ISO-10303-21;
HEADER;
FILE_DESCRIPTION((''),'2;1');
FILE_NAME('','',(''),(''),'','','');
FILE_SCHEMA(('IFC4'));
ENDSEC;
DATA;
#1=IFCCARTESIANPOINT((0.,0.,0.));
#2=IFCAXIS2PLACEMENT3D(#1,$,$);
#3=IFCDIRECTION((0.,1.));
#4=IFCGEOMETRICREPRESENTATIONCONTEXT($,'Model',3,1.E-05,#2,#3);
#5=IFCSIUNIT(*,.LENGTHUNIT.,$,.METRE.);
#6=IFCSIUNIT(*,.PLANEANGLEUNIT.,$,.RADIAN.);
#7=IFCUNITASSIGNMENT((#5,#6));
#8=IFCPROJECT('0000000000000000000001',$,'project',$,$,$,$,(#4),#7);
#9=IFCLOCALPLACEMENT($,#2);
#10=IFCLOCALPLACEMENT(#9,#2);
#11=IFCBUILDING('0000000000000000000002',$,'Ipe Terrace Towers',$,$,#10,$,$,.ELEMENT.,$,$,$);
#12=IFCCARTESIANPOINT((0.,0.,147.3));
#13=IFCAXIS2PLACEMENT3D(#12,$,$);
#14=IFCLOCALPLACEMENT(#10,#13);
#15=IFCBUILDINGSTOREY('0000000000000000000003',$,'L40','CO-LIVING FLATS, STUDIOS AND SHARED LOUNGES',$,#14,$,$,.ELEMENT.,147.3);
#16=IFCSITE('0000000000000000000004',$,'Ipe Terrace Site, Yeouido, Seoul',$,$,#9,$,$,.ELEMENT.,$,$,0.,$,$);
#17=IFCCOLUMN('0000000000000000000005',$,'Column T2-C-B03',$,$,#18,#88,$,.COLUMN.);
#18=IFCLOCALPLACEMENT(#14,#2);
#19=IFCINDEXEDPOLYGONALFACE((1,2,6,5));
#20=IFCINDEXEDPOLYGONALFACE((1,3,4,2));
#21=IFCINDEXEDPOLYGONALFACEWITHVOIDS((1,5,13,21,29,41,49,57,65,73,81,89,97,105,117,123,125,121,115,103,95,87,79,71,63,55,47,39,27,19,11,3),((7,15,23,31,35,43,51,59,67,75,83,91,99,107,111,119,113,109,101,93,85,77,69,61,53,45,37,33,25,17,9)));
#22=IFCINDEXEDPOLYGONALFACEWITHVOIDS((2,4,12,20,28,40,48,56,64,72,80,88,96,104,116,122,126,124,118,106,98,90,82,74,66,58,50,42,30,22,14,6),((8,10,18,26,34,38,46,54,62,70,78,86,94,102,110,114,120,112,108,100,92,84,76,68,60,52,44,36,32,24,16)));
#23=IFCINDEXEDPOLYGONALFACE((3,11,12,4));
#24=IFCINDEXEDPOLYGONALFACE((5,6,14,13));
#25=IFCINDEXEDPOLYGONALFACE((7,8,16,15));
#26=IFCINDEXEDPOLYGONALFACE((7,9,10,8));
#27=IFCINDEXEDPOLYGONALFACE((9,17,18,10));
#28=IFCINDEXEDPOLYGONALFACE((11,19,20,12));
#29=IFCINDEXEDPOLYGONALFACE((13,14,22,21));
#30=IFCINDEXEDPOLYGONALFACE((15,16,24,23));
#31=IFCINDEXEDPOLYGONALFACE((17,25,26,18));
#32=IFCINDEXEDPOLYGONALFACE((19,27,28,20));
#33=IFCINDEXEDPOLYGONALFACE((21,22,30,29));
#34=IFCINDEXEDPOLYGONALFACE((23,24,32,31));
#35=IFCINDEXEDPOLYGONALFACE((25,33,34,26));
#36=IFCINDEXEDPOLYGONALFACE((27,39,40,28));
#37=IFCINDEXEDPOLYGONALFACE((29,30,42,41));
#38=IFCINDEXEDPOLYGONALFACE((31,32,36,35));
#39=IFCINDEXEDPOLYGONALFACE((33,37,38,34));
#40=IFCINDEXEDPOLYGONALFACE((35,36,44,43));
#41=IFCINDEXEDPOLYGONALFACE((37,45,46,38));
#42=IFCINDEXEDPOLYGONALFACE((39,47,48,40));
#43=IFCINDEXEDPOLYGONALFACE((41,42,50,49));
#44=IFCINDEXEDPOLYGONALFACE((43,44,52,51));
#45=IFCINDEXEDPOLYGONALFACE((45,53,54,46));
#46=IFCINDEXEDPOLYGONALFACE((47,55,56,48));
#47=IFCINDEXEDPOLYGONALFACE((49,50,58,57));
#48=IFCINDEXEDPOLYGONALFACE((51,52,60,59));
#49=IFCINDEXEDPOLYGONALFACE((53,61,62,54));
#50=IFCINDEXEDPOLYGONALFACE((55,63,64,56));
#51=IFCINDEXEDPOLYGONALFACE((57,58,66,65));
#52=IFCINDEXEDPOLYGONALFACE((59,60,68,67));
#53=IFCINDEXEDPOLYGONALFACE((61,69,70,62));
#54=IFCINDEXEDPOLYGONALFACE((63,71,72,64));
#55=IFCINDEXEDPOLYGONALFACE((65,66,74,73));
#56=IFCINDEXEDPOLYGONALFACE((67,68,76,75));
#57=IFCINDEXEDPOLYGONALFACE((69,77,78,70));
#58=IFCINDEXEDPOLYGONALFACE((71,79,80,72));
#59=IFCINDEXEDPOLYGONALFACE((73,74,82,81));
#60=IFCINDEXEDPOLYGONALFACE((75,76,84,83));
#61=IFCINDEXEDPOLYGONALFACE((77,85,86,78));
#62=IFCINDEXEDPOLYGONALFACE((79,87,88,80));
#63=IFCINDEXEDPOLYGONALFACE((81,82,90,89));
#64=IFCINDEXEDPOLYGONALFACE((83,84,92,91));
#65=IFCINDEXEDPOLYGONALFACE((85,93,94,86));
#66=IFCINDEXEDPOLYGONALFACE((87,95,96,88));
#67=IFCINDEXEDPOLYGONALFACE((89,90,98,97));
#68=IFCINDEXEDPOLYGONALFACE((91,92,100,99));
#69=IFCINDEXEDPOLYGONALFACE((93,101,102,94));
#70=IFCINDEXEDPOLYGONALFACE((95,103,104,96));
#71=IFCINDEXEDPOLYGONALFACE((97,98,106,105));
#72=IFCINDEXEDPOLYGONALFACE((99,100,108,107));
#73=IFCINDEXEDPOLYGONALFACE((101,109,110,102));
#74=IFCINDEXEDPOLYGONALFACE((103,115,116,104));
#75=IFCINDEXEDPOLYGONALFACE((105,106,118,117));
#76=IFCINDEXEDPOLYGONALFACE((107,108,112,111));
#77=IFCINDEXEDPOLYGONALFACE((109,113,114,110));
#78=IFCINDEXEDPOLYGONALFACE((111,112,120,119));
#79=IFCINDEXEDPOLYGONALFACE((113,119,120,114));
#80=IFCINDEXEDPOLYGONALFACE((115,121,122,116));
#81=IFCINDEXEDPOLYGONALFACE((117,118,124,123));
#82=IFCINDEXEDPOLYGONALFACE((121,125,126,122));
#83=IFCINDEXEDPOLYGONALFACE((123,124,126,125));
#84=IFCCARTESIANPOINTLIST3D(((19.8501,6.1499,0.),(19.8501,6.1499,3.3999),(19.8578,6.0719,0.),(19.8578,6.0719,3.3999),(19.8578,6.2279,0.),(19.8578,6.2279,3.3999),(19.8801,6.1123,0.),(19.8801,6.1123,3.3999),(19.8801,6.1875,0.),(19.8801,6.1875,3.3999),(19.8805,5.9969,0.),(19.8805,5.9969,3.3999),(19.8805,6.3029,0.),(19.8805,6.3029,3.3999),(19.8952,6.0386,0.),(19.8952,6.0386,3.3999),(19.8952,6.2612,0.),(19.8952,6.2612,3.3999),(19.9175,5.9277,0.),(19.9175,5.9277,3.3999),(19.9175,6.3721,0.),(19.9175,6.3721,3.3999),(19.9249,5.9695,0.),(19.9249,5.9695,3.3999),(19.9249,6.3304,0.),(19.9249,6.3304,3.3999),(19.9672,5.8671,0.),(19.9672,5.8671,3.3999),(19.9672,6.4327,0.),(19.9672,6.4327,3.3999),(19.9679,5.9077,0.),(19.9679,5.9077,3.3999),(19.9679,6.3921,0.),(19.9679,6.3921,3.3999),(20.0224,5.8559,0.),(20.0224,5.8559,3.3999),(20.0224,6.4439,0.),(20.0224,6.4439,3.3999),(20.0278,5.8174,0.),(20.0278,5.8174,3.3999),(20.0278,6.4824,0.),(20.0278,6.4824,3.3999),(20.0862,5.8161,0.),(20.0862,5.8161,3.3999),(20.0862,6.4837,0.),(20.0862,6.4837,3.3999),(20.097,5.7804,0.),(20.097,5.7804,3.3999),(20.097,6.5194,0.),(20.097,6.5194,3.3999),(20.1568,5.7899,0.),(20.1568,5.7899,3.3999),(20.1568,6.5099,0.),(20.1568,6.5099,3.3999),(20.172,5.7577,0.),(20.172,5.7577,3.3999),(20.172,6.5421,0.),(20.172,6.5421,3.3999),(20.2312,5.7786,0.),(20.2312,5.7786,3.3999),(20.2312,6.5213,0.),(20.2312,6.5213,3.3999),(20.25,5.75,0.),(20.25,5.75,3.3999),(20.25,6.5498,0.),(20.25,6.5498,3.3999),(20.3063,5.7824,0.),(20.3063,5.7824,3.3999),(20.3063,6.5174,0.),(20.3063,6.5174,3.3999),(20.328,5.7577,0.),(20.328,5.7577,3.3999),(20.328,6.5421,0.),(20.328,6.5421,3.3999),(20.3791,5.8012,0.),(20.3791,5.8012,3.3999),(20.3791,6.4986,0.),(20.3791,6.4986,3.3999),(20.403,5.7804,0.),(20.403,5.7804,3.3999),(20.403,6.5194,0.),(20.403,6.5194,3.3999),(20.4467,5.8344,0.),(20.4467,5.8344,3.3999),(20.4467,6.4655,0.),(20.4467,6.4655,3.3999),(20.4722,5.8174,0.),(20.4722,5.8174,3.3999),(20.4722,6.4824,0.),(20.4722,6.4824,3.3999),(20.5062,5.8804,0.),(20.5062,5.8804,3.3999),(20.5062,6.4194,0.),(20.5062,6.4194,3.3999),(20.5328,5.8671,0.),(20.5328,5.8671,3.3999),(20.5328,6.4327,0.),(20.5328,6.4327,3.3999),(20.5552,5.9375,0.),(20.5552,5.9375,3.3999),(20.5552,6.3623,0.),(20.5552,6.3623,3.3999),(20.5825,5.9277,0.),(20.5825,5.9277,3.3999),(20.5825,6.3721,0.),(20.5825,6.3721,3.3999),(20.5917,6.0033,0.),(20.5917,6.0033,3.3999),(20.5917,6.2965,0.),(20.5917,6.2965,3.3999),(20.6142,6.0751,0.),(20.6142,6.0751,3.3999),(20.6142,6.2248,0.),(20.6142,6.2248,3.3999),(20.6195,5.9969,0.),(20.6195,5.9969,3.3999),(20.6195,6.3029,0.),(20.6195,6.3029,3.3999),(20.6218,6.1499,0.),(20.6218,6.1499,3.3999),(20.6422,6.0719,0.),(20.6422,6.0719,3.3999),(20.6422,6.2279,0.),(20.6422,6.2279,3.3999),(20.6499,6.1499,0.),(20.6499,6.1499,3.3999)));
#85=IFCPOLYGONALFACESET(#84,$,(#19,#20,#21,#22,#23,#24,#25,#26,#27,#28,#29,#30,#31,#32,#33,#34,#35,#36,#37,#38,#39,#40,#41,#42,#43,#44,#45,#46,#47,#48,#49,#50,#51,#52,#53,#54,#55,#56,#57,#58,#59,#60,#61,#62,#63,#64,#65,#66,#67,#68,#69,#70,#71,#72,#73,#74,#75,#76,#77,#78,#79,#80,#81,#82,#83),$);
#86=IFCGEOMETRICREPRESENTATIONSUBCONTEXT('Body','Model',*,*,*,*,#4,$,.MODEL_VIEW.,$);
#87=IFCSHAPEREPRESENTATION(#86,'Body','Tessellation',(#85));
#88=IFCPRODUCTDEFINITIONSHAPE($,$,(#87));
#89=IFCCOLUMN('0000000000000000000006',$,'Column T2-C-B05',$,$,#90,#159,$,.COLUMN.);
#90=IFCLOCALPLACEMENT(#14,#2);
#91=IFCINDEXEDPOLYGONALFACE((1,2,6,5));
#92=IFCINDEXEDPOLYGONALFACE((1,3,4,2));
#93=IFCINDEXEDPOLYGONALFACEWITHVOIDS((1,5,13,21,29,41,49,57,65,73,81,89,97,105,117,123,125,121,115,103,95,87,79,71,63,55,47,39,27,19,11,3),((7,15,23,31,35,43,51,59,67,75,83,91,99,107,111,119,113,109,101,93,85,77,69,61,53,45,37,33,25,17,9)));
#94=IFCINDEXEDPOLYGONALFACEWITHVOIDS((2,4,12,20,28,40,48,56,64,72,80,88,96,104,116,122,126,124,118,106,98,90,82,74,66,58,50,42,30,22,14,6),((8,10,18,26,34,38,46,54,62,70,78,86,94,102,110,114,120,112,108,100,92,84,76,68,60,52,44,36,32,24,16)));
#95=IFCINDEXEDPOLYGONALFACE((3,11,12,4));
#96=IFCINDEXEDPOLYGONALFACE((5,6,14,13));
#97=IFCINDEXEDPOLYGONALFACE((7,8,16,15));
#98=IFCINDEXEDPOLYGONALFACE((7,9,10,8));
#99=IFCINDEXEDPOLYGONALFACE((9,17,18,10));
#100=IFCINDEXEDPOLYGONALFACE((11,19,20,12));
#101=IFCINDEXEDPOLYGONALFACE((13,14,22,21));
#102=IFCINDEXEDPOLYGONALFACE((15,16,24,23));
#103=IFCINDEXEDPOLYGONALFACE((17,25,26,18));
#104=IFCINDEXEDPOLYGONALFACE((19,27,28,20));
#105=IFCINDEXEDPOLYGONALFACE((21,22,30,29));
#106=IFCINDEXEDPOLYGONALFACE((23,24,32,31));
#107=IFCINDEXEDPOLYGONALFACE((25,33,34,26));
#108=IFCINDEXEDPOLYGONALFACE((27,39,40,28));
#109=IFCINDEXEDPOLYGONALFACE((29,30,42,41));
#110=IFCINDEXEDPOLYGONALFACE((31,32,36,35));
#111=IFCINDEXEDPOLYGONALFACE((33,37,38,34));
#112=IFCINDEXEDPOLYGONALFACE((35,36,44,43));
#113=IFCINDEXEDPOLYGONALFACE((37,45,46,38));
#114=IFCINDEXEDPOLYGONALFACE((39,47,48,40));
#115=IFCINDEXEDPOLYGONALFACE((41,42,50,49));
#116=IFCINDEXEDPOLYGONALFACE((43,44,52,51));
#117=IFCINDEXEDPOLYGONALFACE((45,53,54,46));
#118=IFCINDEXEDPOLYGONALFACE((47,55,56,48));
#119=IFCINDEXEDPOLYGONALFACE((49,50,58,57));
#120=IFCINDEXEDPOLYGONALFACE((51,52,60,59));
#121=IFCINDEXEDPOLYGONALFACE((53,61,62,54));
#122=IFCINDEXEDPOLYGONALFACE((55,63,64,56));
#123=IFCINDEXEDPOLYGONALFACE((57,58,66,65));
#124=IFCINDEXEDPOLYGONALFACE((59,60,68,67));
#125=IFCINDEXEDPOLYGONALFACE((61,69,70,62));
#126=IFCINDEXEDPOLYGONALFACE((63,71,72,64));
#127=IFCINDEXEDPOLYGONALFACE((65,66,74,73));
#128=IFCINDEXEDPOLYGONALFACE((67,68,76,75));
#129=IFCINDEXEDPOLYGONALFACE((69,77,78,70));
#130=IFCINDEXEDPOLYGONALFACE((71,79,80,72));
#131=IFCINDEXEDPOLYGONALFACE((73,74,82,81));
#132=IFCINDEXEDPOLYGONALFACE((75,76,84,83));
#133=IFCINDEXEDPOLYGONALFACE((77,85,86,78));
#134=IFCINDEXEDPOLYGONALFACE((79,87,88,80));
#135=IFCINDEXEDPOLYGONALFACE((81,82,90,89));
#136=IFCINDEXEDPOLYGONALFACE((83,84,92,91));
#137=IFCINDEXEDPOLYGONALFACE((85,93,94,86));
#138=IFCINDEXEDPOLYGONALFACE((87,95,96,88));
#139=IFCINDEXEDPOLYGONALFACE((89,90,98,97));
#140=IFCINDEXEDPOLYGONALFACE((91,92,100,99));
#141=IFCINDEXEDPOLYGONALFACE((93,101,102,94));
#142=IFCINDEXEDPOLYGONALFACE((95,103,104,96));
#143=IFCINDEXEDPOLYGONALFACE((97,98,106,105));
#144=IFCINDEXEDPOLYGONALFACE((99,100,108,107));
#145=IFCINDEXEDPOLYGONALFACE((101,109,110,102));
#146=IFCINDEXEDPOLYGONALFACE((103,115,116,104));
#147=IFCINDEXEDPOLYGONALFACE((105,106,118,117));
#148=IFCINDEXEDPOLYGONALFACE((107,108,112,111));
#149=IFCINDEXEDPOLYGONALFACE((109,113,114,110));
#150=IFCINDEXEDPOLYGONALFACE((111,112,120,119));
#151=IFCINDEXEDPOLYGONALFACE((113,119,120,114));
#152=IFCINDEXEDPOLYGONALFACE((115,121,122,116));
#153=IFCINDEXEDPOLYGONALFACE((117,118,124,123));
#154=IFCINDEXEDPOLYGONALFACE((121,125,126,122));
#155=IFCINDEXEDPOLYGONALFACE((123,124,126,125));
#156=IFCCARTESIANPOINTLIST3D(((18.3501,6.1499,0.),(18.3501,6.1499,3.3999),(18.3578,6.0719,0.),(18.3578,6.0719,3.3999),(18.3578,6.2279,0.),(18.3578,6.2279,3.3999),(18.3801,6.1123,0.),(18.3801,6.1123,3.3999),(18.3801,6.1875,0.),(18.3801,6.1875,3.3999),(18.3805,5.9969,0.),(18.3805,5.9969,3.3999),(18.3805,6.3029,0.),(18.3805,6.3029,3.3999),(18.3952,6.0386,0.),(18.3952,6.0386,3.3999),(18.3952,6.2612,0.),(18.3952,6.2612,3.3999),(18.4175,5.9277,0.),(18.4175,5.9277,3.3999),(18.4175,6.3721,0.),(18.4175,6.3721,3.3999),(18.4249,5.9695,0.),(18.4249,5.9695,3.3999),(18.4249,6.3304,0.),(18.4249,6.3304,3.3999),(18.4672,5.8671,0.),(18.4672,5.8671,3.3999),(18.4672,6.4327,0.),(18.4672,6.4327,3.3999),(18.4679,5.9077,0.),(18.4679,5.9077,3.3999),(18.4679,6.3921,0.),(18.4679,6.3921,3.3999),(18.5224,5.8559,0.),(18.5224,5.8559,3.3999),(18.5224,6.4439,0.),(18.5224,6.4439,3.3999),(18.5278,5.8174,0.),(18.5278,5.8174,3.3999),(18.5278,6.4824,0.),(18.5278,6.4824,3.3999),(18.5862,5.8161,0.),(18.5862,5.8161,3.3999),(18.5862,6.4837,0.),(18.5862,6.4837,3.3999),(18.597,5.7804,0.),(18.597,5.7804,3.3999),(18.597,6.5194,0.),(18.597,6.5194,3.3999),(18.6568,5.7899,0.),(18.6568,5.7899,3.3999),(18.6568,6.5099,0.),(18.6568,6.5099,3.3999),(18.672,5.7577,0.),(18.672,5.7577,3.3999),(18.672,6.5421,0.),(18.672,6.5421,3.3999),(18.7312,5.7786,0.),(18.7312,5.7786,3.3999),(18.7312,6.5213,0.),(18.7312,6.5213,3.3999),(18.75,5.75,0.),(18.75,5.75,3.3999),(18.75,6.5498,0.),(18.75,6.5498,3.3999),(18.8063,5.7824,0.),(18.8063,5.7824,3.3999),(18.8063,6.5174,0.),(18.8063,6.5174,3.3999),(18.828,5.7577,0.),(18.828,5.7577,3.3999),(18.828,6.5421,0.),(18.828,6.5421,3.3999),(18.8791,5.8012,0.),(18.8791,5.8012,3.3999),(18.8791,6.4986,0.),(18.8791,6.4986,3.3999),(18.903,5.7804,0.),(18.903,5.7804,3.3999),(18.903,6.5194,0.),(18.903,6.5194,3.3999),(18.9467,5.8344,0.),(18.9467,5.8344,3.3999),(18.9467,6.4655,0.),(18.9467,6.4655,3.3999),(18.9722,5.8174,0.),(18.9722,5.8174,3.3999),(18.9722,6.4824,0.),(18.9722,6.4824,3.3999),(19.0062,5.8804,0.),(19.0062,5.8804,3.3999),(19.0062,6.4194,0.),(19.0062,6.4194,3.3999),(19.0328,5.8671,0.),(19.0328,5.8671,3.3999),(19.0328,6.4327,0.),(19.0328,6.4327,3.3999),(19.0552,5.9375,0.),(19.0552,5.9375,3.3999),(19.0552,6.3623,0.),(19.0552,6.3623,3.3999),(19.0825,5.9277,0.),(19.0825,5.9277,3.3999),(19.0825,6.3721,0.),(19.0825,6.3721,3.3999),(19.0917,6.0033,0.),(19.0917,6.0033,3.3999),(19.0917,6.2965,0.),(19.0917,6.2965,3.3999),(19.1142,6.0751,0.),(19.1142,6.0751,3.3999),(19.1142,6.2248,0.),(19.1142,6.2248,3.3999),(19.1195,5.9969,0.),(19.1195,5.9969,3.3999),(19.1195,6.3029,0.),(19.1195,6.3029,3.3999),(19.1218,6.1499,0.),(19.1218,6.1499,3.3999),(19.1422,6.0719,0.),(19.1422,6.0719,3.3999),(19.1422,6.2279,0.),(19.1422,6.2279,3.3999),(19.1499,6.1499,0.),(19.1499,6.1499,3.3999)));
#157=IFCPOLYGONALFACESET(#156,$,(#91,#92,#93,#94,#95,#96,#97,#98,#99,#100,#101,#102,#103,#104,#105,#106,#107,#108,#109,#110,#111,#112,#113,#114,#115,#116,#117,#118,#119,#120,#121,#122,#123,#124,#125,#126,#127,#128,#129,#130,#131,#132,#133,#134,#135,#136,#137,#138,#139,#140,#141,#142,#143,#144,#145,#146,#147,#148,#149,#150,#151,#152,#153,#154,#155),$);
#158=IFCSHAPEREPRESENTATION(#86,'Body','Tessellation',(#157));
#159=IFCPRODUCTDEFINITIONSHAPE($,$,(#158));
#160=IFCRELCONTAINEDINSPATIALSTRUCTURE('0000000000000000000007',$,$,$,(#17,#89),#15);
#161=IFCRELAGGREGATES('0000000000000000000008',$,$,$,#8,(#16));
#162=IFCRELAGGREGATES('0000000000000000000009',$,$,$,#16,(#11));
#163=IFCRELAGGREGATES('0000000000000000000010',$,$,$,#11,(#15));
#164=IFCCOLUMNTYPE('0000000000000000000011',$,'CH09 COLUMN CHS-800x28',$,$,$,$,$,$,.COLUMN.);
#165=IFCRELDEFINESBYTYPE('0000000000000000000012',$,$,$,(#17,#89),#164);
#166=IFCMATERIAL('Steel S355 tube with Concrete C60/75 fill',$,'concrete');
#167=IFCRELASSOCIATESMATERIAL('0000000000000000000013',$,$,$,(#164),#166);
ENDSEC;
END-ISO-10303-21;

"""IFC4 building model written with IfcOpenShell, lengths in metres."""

from ifc_helpers import new_model, si_unit, direction, frame, origin, origin_2d, place, context, subcontext, project, spatial, hollow_circle, extrude, material, material_profile, profile_set, type_object, element, save


model = new_model("IFC4")

# Units and contexts
model_context = context("Model", 3, precision=1e-05, world=origin(), true_north=direction((0.0, 1.0)))
body_context = subcontext(model_context, "Body", "Model", "MODEL_VIEW")
ifc_project = project(units=[si_unit("LENGTHUNIT", "METRE"), si_unit("PLANEANGLEUNIT", "RADIAN")], contexts=[model_context])

# Site, building, storey
site_placement = place(None, origin())
site = spatial("IfcSite", under=ifc_project, at=site_placement, Name="Ipe Terrace Site, Yeouido, Seoul", CompositionType="ELEMENT", RefElevation=0.0)
building_placement = place(site_placement, origin())
building = spatial("IfcBuilding", under=site, at=building_placement, Name="Ipe Terrace Towers", CompositionType="ELEMENT")
storey_placement = place(building_placement, frame((0.0, 0.0, 147.3)))
storey = spatial("IfcBuildingStorey", under=building, at=storey_placement, Name="L40", Description="CO-LIVING FLATS, STUDIOS AND SHARED LOUNGES", CompositionType="ELEMENT", Elevation=147.3)

# Columns
ifc_material_1 = material(Name="Steel S355 tube with Concrete C60/75 fill", Category="concrete")
ifc_material_profile_1 = material_profile(ifc_material_1, hollow_circle(Radius=0.3999, WallThickness=0.0281, at=origin_2d()), Name="CHS-800x28")
ifc_profile_set_1 = profile_set([ifc_material_profile_1], Name="Steel S355 tube with Concrete C60/75 fill")
column_type_1 = type_object("IfcColumnType", Name="CH09 COLUMN CHS-800x28", PredefinedType="COLUMN", material=ifc_profile_set_1)
for number, where, z_axis, x_axis, name in (
    (1, (20.25, 6.1499, 0.0), (0.0, 0.0, 1.0), (1.0, 0.0, 0.0), "Column T2-C-B03"),
    (2, (18.75, 6.1499, 0.0), (0.0, 0.0, 1.0), (1.0, 0.0, 0.0), "Column T2-C-B05"),
):
    element("IfcColumn", number, at=place(storey_placement, frame(where, z_axis=z_axis, x_axis=x_axis)), inside=storey, type_object=column_type_1, Name=name, PredefinedType="COLUMN", context=body_context, shape_type="SweptSolid", body=[
        extrude(hollow_circle(Radius=0.3999, WallThickness=0.0281, at=origin_2d()), origin(), (0.0, 0.0, 1.0), 3.3999),
    ])

save(model, "model.ifc")
